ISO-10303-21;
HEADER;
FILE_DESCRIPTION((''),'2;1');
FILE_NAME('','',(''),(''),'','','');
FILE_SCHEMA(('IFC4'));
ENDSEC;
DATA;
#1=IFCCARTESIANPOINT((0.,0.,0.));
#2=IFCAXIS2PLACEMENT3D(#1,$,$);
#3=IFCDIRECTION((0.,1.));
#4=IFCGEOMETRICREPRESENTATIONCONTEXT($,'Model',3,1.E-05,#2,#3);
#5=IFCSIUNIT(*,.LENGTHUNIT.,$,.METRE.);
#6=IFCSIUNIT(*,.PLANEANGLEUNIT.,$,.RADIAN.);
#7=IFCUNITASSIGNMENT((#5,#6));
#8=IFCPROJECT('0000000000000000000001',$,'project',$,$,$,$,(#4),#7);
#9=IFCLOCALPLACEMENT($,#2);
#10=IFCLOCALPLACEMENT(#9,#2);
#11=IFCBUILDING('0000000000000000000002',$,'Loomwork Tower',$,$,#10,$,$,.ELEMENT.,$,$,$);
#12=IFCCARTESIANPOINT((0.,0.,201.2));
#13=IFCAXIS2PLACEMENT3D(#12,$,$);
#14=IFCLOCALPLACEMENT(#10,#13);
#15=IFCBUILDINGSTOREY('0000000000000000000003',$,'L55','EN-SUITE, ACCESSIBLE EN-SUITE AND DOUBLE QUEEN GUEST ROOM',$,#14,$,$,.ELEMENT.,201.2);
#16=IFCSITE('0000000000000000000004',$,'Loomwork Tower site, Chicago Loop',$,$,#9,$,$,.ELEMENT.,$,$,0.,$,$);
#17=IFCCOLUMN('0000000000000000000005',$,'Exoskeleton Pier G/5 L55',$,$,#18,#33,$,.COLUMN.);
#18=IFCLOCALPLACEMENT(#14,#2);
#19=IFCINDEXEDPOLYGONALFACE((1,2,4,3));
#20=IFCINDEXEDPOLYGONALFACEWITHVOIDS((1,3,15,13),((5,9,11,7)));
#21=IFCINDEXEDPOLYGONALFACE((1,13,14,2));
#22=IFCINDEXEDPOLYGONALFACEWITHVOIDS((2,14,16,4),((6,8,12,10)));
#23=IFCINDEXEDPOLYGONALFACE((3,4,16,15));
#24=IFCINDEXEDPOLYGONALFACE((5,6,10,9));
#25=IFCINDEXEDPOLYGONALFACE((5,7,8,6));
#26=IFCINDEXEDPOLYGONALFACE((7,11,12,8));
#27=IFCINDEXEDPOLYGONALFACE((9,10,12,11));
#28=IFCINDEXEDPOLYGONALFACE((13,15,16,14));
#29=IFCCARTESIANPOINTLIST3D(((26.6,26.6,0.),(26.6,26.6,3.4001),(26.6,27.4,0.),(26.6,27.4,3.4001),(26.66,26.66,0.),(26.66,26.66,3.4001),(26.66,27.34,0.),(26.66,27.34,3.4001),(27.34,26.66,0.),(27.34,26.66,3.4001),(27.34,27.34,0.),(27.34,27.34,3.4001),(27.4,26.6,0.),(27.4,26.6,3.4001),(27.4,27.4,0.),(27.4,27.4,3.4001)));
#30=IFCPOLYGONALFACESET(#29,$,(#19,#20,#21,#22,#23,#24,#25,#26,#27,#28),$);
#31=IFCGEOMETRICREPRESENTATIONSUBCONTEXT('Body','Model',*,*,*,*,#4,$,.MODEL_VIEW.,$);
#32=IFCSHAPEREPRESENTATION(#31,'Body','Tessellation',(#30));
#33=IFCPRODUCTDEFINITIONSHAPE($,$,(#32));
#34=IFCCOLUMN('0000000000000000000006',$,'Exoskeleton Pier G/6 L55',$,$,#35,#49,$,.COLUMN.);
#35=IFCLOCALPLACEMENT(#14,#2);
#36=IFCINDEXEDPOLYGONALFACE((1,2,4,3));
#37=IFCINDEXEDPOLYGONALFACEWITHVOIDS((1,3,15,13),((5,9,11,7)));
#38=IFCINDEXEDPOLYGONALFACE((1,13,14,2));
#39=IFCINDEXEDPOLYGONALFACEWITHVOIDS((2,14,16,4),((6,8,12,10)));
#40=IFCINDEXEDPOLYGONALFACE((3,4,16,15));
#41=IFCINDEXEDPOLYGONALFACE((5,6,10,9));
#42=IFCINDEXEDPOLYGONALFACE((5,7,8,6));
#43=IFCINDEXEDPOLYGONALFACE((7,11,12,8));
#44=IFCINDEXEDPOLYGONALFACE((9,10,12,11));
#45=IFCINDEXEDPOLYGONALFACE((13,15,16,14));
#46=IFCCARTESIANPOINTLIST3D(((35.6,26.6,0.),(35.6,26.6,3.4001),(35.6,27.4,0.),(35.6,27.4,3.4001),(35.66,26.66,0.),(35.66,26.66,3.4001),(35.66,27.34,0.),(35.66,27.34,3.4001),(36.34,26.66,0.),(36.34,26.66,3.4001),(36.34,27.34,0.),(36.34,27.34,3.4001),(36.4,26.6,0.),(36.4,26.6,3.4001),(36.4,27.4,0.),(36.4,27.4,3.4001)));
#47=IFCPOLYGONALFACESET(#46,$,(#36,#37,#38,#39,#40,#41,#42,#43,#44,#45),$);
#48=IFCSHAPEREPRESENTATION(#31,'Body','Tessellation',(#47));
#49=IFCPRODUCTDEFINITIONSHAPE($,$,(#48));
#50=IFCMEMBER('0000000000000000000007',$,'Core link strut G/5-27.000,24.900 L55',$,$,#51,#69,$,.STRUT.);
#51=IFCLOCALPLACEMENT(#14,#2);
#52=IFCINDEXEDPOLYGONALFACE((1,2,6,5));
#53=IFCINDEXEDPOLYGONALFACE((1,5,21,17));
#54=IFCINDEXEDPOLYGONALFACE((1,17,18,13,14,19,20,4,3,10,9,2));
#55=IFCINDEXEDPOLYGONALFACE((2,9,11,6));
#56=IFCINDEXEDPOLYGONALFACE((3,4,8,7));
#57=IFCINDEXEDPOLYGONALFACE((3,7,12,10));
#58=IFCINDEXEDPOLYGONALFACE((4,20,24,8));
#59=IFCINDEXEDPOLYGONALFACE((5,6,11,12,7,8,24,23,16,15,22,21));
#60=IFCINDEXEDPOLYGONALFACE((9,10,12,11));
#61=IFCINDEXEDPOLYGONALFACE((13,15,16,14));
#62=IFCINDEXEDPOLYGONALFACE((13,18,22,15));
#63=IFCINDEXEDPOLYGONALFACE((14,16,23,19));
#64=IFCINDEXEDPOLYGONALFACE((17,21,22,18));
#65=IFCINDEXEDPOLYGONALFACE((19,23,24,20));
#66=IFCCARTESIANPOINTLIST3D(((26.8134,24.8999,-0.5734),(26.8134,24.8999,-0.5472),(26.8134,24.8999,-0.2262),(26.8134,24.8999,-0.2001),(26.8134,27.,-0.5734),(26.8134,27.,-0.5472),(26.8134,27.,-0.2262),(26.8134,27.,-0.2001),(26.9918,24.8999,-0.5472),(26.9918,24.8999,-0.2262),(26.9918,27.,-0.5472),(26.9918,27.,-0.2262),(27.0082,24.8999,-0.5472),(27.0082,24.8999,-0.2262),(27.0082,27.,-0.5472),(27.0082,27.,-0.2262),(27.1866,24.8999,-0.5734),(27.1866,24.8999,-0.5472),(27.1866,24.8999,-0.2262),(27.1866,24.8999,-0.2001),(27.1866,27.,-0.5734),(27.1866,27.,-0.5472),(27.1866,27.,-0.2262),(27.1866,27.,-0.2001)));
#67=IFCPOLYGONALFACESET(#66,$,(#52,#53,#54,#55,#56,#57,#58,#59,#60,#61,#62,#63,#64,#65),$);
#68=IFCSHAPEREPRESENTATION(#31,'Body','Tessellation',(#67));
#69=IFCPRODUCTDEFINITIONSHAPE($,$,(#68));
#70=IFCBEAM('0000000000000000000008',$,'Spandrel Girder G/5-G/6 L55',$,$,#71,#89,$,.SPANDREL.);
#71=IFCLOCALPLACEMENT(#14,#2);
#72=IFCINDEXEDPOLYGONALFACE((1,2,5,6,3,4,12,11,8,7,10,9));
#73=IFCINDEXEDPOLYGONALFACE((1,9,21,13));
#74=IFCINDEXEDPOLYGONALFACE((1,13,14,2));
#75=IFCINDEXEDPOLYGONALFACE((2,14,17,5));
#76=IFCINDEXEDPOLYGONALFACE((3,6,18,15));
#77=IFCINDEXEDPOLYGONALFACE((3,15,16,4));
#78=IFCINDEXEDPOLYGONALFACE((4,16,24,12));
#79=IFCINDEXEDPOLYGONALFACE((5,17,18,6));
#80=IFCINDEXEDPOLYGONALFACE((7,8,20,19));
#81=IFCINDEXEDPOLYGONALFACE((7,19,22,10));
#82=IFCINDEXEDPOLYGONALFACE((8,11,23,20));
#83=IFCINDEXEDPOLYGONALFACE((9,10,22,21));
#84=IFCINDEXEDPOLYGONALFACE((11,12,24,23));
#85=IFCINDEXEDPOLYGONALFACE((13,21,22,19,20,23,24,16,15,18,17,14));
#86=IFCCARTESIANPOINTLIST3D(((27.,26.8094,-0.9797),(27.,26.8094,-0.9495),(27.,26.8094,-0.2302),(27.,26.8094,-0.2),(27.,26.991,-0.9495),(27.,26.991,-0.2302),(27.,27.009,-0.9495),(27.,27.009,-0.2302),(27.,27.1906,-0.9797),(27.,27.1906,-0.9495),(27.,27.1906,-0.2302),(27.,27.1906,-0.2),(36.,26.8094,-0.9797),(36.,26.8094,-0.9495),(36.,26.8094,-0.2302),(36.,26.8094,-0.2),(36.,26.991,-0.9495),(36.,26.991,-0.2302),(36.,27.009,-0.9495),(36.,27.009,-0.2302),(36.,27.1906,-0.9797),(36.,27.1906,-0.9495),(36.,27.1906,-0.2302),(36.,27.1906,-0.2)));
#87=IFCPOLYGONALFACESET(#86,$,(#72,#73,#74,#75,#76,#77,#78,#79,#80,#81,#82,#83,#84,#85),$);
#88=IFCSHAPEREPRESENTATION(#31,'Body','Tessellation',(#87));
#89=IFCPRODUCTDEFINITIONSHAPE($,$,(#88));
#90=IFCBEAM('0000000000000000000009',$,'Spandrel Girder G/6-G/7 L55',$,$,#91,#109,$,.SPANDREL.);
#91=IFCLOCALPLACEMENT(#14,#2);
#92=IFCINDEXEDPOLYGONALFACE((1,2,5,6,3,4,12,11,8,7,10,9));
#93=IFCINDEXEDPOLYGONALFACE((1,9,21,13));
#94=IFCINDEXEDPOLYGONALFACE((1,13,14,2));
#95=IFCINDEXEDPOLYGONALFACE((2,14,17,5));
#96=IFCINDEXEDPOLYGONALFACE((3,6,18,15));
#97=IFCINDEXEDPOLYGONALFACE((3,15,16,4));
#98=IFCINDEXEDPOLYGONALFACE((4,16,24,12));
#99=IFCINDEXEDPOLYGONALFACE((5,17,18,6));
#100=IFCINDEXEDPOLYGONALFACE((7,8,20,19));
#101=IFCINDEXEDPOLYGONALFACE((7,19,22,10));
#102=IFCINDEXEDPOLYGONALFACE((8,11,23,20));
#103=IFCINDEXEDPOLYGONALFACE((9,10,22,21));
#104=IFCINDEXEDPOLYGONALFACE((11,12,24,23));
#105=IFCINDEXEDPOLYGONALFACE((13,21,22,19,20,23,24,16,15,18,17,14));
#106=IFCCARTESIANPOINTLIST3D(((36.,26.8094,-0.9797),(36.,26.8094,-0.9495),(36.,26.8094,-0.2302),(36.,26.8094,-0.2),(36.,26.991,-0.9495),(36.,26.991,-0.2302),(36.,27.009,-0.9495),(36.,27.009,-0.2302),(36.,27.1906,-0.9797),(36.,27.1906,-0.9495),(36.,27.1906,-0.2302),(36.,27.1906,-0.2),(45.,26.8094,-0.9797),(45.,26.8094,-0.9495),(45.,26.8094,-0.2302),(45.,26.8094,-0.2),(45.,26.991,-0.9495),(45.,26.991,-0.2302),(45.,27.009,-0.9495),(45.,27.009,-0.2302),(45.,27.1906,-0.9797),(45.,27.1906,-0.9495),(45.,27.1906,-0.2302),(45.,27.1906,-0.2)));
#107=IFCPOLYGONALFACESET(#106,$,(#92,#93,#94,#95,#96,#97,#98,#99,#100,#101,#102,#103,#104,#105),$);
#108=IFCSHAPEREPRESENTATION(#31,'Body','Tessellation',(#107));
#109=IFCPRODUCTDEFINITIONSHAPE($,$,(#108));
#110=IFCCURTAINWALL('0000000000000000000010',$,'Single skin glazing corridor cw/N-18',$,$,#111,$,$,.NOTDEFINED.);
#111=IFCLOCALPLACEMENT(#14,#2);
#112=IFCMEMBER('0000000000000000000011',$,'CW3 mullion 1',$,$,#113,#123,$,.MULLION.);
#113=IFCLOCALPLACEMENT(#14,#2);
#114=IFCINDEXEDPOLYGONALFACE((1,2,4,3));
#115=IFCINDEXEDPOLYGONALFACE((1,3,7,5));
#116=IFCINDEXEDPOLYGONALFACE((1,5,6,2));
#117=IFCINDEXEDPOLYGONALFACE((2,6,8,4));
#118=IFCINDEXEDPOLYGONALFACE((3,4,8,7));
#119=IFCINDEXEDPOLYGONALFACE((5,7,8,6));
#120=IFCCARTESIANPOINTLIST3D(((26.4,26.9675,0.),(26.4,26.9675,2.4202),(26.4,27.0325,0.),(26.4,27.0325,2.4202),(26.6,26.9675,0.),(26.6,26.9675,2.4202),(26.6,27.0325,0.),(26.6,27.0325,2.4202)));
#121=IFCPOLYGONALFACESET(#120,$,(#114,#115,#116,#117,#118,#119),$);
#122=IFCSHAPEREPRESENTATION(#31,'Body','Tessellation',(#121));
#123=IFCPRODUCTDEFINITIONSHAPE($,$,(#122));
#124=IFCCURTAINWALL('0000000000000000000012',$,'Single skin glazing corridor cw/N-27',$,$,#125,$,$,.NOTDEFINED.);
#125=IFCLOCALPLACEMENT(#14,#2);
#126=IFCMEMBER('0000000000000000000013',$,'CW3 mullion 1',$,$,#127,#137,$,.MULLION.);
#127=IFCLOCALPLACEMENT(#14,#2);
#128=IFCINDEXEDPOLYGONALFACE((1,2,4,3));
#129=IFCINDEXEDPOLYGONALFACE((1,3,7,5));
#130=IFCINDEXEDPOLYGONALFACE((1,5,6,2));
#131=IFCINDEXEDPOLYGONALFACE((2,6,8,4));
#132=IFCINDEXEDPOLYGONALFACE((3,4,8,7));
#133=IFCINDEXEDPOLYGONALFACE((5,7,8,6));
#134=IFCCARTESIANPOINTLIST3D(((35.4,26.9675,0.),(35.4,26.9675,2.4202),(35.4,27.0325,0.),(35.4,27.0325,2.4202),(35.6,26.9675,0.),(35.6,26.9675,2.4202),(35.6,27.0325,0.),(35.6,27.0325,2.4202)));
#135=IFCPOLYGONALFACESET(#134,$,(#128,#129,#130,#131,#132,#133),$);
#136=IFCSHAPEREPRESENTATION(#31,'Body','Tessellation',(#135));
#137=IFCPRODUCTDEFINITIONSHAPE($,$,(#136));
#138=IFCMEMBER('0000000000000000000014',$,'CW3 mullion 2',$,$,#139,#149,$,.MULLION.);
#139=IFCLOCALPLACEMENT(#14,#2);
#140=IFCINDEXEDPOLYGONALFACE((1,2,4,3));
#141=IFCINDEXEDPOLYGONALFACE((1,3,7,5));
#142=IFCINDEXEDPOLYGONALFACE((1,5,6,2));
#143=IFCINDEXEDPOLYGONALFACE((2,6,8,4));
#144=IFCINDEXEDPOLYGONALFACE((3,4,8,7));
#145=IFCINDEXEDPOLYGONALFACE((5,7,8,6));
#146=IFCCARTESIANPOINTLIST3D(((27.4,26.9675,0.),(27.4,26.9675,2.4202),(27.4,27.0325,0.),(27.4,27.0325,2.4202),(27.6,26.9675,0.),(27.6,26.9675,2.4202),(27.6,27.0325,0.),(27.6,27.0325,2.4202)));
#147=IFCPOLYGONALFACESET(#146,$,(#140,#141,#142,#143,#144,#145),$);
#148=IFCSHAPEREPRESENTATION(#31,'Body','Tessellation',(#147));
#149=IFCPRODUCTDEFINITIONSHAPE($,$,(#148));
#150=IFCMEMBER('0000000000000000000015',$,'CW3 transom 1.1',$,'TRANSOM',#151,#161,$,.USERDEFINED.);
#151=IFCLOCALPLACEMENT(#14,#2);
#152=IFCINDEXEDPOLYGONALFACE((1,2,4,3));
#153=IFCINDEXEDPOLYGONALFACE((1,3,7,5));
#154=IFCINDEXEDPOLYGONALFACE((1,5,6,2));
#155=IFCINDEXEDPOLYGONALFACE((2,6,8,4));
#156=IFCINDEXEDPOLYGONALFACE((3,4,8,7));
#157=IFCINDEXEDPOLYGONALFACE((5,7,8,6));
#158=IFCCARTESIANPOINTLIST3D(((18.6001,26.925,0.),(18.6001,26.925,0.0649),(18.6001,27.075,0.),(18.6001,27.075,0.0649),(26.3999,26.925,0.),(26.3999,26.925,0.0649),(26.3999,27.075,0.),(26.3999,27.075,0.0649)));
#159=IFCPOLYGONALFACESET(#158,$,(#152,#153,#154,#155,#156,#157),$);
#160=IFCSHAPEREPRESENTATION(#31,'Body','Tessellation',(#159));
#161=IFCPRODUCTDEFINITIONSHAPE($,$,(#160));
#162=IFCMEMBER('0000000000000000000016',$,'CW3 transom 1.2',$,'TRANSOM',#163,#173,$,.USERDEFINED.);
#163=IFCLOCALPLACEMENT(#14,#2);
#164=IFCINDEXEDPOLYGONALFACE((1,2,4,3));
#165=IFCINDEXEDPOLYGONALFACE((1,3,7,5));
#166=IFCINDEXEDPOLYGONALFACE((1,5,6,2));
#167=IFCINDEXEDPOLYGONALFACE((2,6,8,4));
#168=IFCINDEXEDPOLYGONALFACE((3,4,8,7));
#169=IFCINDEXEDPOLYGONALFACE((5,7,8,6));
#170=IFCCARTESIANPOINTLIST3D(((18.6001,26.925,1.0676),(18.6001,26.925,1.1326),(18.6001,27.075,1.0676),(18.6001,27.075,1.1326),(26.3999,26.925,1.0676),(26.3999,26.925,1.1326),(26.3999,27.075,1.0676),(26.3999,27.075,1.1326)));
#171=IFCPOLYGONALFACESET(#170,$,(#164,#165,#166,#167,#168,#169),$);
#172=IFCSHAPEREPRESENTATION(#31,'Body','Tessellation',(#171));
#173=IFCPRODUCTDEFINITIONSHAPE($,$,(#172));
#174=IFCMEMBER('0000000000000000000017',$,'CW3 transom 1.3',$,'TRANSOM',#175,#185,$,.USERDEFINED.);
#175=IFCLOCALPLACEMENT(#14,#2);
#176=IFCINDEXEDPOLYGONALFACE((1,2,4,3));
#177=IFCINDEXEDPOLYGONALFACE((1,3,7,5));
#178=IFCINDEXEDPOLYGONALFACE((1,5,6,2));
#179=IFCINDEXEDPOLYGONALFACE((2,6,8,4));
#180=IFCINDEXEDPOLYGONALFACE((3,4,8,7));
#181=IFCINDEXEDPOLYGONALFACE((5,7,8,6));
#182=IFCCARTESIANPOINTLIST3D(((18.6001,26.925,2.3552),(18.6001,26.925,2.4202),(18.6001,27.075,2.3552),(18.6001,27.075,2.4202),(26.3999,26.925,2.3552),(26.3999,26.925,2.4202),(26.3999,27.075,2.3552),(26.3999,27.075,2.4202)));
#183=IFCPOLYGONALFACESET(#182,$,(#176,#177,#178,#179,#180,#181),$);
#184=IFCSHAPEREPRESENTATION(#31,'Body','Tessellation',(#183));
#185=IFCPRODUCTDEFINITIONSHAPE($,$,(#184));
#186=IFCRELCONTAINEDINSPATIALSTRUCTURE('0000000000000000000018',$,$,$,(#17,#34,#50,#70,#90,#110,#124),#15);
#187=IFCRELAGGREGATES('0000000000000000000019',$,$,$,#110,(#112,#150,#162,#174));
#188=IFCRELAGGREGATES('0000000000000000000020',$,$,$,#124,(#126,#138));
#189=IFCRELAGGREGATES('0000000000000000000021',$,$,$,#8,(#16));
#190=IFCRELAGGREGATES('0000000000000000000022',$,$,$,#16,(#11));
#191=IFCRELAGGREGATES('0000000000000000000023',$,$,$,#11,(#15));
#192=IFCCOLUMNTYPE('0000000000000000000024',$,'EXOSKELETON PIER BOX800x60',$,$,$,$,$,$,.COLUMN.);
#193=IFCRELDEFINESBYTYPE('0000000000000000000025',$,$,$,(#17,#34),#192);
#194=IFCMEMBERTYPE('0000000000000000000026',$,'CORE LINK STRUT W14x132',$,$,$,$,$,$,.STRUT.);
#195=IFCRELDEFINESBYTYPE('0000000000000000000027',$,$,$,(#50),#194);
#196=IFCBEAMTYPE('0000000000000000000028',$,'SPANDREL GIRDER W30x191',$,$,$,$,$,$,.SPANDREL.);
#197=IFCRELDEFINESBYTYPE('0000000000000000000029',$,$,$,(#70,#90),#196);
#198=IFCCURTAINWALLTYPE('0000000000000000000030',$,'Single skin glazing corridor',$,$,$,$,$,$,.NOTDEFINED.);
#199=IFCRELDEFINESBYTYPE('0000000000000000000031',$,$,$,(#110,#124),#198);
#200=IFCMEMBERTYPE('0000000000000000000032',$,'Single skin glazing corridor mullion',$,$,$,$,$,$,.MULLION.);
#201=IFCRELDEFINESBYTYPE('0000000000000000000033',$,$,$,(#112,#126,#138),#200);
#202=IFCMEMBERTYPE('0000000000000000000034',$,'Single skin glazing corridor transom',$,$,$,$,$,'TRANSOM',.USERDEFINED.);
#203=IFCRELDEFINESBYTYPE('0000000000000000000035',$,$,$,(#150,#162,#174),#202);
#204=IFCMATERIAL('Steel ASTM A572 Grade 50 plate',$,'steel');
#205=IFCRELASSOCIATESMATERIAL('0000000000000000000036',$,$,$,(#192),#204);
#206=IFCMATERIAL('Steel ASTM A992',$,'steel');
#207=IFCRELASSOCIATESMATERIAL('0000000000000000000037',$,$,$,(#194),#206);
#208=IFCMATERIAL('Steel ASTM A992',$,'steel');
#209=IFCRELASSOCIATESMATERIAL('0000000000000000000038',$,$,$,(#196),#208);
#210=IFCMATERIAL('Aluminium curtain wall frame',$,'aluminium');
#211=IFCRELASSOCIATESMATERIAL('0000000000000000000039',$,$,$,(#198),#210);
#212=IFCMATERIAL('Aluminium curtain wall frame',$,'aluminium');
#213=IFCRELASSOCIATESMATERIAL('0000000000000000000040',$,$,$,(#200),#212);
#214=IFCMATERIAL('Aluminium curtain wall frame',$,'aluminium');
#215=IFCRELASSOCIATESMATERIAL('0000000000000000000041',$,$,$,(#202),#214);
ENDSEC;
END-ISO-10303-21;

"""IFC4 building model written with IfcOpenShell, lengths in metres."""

from ifc_helpers import new_model, si_unit, direction, frame, origin, origin_2d, place, context, subcontext, project, spatial, rectangle, hollow_rectangle, i_section, extrude, material, material_profile, profile_set, type_object, element, aggregate, save


model = new_model("IFC4")

# Units and contexts
model_context = context("Model", 3, precision=1e-05, world=origin(), true_north=direction((0.0, 1.0)))
body_context = subcontext(model_context, "Body", "Model", "MODEL_VIEW")
ifc_project = project(units=[si_unit("LENGTHUNIT", "METRE"), si_unit("PLANEANGLEUNIT", "RADIAN")], contexts=[model_context])

# Site, building, storey
site_placement = place(None, origin())
site = spatial("IfcSite", under=ifc_project, at=site_placement, Name="Loomwork Tower site, Chicago Loop", CompositionType="ELEMENT", RefElevation=0.0)
building_placement = place(site_placement, origin())
building = spatial("IfcBuilding", under=site, at=building_placement, Name="Loomwork Tower", CompositionType="ELEMENT")
storey_placement = place(building_placement, frame((0.0, 0.0, 201.2)))
storey = spatial("IfcBuildingStorey", under=building, at=storey_placement, Name="L55", Description="EN-SUITE, ACCESSIBLE EN-SUITE AND DOUBLE QUEEN GUEST ROOM", CompositionType="ELEMENT", Elevation=201.2)

# Columns
ifc_material_1 = material(Name="Steel ASTM A572 Grade 50 plate", Category="steel")
ifc_material_profile_1 = material_profile(ifc_material_1, hollow_rectangle(XDim=0.8, YDim=0.8, WallThickness=0.0601, at=origin_2d()), Name="BOX800x60")
ifc_profile_set_1 = profile_set([ifc_material_profile_1], Name="Steel ASTM A572 Grade 50 plate")
column_type = type_object("IfcColumnType", Name="EXOSKELETON PIER BOX800x60", PredefinedType="COLUMN", material=ifc_profile_set_1)
for number, where, z_axis, x_axis, name in (
    (1, (27.0, 27.0, 0.0), (0.0, 0.0, 1.0), (1.0, 0.0, 0.0), "Exoskeleton Pier G/5 L55"),
    (2, (36.0, 27.0, 0.0), (0.0, 0.0, 1.0), (1.0, 0.0, 0.0), "Exoskeleton Pier G/6 L55"),
):
    element("IfcColumn", number, at=place(storey_placement, frame(where, z_axis=z_axis, x_axis=x_axis)), inside=storey, type_object=column_type, Name=name, PredefinedType="COLUMN", context=body_context, shape_type="SweptSolid", body=[
        extrude(hollow_rectangle(XDim=0.8, YDim=0.8, WallThickness=0.0601, at=origin_2d()), origin(), (0.0, 0.0, 1.0), 3.4001),
    ])

# Member
ifc_material_2 = material(Name="Steel ASTM A992", Category="steel")
ifc_material_profile_2 = material_profile(ifc_material_2, i_section(OverallWidth=0.3733, OverallDepth=0.3733, WebThickness=0.0164, FlangeThickness=0.0261, at=origin_2d()), Name="W14x132")
ifc_profile_set_2 = profile_set([ifc_material_profile_2], Name="Steel ASTM A992")
member_type_1 = type_object("IfcMemberType", Name="CORE LINK STRUT W14x132", PredefinedType="STRUT", material=ifc_profile_set_2)
member_1_placement = place(storey_placement, frame((27.0, 27.0, -0.3867), z_axis=(0.0, -1.0, 0.0), x_axis=(1.0, 0.0, 0.0)))
element("IfcMember", 3, at=member_1_placement, inside=storey, type_object=member_type_1, Name="Core link strut G/5-27.000,24.900 L55", PredefinedType="STRUT", context=body_context, shape_type="SweptSolid", body=[
    extrude(i_section(OverallWidth=0.3733, OverallDepth=0.3733, WebThickness=0.0164, FlangeThickness=0.0261, at=origin_2d()), origin(), (0.0, 0.0, 1.0), 2.1001),
])

# Beams
ifc_material_3 = material(Name="Steel ASTM A992", Category="steel")
ifc_material_profile_3 = material_profile(ifc_material_3, i_section(OverallWidth=0.3811, OverallDepth=0.7798, WebThickness=0.0181, FlangeThickness=0.0303, at=origin_2d()), Name="W30x191")
ifc_profile_set_3 = profile_set([ifc_material_profile_3], Name="Steel ASTM A992")
beam_type = type_object("IfcBeamType", Name="SPANDREL GIRDER W30x191", PredefinedType="SPANDREL", material=ifc_profile_set_3)
for number, where, z_axis, x_axis, name in (
    (4, (27.0, 27.0, -0.5898), (1.0, 0.0, 0.0), (0.0, 1.0, 0.0), "Spandrel Girder G/5-G/6 L55"),
    (5, (36.0, 27.0, -0.5898), (1.0, 0.0, 0.0), (0.0, 1.0, 0.0), "Spandrel Girder G/6-G/7 L55"),
):
    element("IfcBeam", number, at=place(storey_placement, frame(where, z_axis=z_axis, x_axis=x_axis)), inside=storey, type_object=beam_type, Name=name, PredefinedType="SPANDREL", context=body_context, shape_type="SweptSolid", body=[
        extrude(i_section(OverallWidth=0.3811, OverallDepth=0.7798, WebThickness=0.0181, FlangeThickness=0.0303, at=origin_2d()), origin(), (0.0, 0.0, 1.0), 9.0),
    ])

# Curtain wall, member
ifc_material_4 = material(Name="Aluminium curtain wall frame", Category="aluminium")
curtain_wall_type = type_object("IfcCurtainWallType", Name="Single skin glazing corridor", PredefinedType="NOTDEFINED", material=ifc_material_4)
curtain_wall_1_placement = place(storey_placement, origin())
curtain_wall_1 = element("IfcCurtainWall", 6, at=curtain_wall_1_placement, inside=storey, type_object=curtain_wall_type, Name="Single skin glazing corridor cw/N-18", PredefinedType="NOTDEFINED")
ifc_material_5 = material(Name="Aluminium curtain wall frame", Category="aluminium")
ifc_material_profile_4 = material_profile(ifc_material_5, rectangle(XDim=0.0649, YDim=0.2, at=origin_2d()), Name="AL 65x200")
ifc_profile_set_4 = profile_set([ifc_material_profile_4], Name="Aluminium curtain wall frame")
member_type_2 = type_object("IfcMemberType", Name="Single skin glazing corridor mullion", PredefinedType="MULLION", material=ifc_profile_set_4)
member_2_placement = place(storey_placement, frame((26.5, 27.0, 0.0), z_axis=(0.0, 0.0, 1.0), x_axis=(0.0, -1.0, 0.0)))
member_2 = element("IfcMember", 7, at=member_2_placement, type_object=member_type_2, Name="CW3 mullion 1", PredefinedType="MULLION", context=body_context, shape_type="SweptSolid", body=[
    extrude(rectangle(XDim=0.0649, YDim=0.2, at=origin_2d()), origin(), (0.0, 0.0, 1.0), 2.4202),
])

# Curtain wall, members
curtain_wall_2_placement = place(storey_placement, origin())
curtain_wall_2 = element("IfcCurtainWall", 8, at=curtain_wall_2_placement, inside=storey, type_object=curtain_wall_type, Name="Single skin glazing corridor cw/N-27", PredefinedType="NOTDEFINED")
member_3_placement = place(storey_placement, frame((35.5, 27.0, 0.0), z_axis=(0.0, 0.0, 1.0), x_axis=(0.0, -1.0, 0.0)))
member_3 = element("IfcMember", 9, at=member_3_placement, type_object=member_type_2, Name="CW3 mullion 1", PredefinedType="MULLION", context=body_context, shape_type="SweptSolid", body=[
    extrude(rectangle(XDim=0.0649, YDim=0.2, at=origin_2d()), origin(), (0.0, 0.0, 1.0), 2.4202),
])
member_4_placement = place(storey_placement, frame((27.5, 27.0, 0.0), z_axis=(0.0, 0.0, 1.0), x_axis=(0.0, -1.0, 0.0)))
member_4 = element("IfcMember", 10, at=member_4_placement, type_object=member_type_2, Name="CW3 mullion 2", PredefinedType="MULLION", context=body_context, shape_type="SweptSolid", body=[
    extrude(rectangle(XDim=0.0649, YDim=0.2, at=origin_2d()), origin(), (0.0, 0.0, 1.0), 2.4202),
])

# Members
ifc_material_6 = material(Name="Aluminium curtain wall frame", Category="aluminium")
ifc_material_profile_5 = material_profile(ifc_material_6, rectangle(XDim=0.1499, YDim=0.0649, at=origin_2d()), Name="AL 65x150")
ifc_profile_set_5 = profile_set([ifc_material_profile_5], Name="Aluminium curtain wall frame")
member_type_3 = type_object("IfcMemberType", Name="Single skin glazing corridor transom", ElementType="TRANSOM", PredefinedType="USERDEFINED", material=ifc_profile_set_5)
member_5_placement = place(storey_placement, frame((26.3999, 27.0, 0.0325), z_axis=(-1.0, 0.0, 0.0), x_axis=(0.0, -1.0, 0.0)))
member_5 = element("IfcMember", 11, at=member_5_placement, type_object=member_type_3, Name="CW3 transom 1.1", ObjectType="TRANSOM", PredefinedType="USERDEFINED", context=body_context, shape_type="SweptSolid", body=[
    extrude(rectangle(XDim=0.1499, YDim=0.0649, at=origin_2d()), origin(), (0.0, 0.0, 1.0), 7.7998),
])
member_6_placement = place(storey_placement, frame((26.3999, 27.0, 1.1001), z_axis=(-1.0, 0.0, 0.0), x_axis=(0.0, -1.0, 0.0)))
member_6 = element("IfcMember", 12, at=member_6_placement, type_object=member_type_3, Name="CW3 transom 1.2", ObjectType="TRANSOM", PredefinedType="USERDEFINED", context=body_context, shape_type="SweptSolid", body=[
    extrude(rectangle(XDim=0.1499, YDim=0.0649, at=origin_2d()), origin(), (0.0, 0.0, 1.0), 7.7998),
])
member_7_placement = place(storey_placement, frame((26.3999, 27.0, 2.3877), z_axis=(-1.0, 0.0, 0.0), x_axis=(0.0, -1.0, 0.0)))
member_7 = element("IfcMember", 13, at=member_7_placement, type_object=member_type_3, Name="CW3 transom 1.3", ObjectType="TRANSOM", PredefinedType="USERDEFINED", context=body_context, shape_type="SweptSolid", body=[
    extrude(rectangle(XDim=0.1499, YDim=0.0649, at=origin_2d()), origin(), (0.0, 0.0, 1.0), 7.7998),
])

aggregate(curtain_wall_1, [member_2, member_5, member_6, member_7])
aggregate(curtain_wall_2, [member_3, member_4])

save(model, "model.ifc")
